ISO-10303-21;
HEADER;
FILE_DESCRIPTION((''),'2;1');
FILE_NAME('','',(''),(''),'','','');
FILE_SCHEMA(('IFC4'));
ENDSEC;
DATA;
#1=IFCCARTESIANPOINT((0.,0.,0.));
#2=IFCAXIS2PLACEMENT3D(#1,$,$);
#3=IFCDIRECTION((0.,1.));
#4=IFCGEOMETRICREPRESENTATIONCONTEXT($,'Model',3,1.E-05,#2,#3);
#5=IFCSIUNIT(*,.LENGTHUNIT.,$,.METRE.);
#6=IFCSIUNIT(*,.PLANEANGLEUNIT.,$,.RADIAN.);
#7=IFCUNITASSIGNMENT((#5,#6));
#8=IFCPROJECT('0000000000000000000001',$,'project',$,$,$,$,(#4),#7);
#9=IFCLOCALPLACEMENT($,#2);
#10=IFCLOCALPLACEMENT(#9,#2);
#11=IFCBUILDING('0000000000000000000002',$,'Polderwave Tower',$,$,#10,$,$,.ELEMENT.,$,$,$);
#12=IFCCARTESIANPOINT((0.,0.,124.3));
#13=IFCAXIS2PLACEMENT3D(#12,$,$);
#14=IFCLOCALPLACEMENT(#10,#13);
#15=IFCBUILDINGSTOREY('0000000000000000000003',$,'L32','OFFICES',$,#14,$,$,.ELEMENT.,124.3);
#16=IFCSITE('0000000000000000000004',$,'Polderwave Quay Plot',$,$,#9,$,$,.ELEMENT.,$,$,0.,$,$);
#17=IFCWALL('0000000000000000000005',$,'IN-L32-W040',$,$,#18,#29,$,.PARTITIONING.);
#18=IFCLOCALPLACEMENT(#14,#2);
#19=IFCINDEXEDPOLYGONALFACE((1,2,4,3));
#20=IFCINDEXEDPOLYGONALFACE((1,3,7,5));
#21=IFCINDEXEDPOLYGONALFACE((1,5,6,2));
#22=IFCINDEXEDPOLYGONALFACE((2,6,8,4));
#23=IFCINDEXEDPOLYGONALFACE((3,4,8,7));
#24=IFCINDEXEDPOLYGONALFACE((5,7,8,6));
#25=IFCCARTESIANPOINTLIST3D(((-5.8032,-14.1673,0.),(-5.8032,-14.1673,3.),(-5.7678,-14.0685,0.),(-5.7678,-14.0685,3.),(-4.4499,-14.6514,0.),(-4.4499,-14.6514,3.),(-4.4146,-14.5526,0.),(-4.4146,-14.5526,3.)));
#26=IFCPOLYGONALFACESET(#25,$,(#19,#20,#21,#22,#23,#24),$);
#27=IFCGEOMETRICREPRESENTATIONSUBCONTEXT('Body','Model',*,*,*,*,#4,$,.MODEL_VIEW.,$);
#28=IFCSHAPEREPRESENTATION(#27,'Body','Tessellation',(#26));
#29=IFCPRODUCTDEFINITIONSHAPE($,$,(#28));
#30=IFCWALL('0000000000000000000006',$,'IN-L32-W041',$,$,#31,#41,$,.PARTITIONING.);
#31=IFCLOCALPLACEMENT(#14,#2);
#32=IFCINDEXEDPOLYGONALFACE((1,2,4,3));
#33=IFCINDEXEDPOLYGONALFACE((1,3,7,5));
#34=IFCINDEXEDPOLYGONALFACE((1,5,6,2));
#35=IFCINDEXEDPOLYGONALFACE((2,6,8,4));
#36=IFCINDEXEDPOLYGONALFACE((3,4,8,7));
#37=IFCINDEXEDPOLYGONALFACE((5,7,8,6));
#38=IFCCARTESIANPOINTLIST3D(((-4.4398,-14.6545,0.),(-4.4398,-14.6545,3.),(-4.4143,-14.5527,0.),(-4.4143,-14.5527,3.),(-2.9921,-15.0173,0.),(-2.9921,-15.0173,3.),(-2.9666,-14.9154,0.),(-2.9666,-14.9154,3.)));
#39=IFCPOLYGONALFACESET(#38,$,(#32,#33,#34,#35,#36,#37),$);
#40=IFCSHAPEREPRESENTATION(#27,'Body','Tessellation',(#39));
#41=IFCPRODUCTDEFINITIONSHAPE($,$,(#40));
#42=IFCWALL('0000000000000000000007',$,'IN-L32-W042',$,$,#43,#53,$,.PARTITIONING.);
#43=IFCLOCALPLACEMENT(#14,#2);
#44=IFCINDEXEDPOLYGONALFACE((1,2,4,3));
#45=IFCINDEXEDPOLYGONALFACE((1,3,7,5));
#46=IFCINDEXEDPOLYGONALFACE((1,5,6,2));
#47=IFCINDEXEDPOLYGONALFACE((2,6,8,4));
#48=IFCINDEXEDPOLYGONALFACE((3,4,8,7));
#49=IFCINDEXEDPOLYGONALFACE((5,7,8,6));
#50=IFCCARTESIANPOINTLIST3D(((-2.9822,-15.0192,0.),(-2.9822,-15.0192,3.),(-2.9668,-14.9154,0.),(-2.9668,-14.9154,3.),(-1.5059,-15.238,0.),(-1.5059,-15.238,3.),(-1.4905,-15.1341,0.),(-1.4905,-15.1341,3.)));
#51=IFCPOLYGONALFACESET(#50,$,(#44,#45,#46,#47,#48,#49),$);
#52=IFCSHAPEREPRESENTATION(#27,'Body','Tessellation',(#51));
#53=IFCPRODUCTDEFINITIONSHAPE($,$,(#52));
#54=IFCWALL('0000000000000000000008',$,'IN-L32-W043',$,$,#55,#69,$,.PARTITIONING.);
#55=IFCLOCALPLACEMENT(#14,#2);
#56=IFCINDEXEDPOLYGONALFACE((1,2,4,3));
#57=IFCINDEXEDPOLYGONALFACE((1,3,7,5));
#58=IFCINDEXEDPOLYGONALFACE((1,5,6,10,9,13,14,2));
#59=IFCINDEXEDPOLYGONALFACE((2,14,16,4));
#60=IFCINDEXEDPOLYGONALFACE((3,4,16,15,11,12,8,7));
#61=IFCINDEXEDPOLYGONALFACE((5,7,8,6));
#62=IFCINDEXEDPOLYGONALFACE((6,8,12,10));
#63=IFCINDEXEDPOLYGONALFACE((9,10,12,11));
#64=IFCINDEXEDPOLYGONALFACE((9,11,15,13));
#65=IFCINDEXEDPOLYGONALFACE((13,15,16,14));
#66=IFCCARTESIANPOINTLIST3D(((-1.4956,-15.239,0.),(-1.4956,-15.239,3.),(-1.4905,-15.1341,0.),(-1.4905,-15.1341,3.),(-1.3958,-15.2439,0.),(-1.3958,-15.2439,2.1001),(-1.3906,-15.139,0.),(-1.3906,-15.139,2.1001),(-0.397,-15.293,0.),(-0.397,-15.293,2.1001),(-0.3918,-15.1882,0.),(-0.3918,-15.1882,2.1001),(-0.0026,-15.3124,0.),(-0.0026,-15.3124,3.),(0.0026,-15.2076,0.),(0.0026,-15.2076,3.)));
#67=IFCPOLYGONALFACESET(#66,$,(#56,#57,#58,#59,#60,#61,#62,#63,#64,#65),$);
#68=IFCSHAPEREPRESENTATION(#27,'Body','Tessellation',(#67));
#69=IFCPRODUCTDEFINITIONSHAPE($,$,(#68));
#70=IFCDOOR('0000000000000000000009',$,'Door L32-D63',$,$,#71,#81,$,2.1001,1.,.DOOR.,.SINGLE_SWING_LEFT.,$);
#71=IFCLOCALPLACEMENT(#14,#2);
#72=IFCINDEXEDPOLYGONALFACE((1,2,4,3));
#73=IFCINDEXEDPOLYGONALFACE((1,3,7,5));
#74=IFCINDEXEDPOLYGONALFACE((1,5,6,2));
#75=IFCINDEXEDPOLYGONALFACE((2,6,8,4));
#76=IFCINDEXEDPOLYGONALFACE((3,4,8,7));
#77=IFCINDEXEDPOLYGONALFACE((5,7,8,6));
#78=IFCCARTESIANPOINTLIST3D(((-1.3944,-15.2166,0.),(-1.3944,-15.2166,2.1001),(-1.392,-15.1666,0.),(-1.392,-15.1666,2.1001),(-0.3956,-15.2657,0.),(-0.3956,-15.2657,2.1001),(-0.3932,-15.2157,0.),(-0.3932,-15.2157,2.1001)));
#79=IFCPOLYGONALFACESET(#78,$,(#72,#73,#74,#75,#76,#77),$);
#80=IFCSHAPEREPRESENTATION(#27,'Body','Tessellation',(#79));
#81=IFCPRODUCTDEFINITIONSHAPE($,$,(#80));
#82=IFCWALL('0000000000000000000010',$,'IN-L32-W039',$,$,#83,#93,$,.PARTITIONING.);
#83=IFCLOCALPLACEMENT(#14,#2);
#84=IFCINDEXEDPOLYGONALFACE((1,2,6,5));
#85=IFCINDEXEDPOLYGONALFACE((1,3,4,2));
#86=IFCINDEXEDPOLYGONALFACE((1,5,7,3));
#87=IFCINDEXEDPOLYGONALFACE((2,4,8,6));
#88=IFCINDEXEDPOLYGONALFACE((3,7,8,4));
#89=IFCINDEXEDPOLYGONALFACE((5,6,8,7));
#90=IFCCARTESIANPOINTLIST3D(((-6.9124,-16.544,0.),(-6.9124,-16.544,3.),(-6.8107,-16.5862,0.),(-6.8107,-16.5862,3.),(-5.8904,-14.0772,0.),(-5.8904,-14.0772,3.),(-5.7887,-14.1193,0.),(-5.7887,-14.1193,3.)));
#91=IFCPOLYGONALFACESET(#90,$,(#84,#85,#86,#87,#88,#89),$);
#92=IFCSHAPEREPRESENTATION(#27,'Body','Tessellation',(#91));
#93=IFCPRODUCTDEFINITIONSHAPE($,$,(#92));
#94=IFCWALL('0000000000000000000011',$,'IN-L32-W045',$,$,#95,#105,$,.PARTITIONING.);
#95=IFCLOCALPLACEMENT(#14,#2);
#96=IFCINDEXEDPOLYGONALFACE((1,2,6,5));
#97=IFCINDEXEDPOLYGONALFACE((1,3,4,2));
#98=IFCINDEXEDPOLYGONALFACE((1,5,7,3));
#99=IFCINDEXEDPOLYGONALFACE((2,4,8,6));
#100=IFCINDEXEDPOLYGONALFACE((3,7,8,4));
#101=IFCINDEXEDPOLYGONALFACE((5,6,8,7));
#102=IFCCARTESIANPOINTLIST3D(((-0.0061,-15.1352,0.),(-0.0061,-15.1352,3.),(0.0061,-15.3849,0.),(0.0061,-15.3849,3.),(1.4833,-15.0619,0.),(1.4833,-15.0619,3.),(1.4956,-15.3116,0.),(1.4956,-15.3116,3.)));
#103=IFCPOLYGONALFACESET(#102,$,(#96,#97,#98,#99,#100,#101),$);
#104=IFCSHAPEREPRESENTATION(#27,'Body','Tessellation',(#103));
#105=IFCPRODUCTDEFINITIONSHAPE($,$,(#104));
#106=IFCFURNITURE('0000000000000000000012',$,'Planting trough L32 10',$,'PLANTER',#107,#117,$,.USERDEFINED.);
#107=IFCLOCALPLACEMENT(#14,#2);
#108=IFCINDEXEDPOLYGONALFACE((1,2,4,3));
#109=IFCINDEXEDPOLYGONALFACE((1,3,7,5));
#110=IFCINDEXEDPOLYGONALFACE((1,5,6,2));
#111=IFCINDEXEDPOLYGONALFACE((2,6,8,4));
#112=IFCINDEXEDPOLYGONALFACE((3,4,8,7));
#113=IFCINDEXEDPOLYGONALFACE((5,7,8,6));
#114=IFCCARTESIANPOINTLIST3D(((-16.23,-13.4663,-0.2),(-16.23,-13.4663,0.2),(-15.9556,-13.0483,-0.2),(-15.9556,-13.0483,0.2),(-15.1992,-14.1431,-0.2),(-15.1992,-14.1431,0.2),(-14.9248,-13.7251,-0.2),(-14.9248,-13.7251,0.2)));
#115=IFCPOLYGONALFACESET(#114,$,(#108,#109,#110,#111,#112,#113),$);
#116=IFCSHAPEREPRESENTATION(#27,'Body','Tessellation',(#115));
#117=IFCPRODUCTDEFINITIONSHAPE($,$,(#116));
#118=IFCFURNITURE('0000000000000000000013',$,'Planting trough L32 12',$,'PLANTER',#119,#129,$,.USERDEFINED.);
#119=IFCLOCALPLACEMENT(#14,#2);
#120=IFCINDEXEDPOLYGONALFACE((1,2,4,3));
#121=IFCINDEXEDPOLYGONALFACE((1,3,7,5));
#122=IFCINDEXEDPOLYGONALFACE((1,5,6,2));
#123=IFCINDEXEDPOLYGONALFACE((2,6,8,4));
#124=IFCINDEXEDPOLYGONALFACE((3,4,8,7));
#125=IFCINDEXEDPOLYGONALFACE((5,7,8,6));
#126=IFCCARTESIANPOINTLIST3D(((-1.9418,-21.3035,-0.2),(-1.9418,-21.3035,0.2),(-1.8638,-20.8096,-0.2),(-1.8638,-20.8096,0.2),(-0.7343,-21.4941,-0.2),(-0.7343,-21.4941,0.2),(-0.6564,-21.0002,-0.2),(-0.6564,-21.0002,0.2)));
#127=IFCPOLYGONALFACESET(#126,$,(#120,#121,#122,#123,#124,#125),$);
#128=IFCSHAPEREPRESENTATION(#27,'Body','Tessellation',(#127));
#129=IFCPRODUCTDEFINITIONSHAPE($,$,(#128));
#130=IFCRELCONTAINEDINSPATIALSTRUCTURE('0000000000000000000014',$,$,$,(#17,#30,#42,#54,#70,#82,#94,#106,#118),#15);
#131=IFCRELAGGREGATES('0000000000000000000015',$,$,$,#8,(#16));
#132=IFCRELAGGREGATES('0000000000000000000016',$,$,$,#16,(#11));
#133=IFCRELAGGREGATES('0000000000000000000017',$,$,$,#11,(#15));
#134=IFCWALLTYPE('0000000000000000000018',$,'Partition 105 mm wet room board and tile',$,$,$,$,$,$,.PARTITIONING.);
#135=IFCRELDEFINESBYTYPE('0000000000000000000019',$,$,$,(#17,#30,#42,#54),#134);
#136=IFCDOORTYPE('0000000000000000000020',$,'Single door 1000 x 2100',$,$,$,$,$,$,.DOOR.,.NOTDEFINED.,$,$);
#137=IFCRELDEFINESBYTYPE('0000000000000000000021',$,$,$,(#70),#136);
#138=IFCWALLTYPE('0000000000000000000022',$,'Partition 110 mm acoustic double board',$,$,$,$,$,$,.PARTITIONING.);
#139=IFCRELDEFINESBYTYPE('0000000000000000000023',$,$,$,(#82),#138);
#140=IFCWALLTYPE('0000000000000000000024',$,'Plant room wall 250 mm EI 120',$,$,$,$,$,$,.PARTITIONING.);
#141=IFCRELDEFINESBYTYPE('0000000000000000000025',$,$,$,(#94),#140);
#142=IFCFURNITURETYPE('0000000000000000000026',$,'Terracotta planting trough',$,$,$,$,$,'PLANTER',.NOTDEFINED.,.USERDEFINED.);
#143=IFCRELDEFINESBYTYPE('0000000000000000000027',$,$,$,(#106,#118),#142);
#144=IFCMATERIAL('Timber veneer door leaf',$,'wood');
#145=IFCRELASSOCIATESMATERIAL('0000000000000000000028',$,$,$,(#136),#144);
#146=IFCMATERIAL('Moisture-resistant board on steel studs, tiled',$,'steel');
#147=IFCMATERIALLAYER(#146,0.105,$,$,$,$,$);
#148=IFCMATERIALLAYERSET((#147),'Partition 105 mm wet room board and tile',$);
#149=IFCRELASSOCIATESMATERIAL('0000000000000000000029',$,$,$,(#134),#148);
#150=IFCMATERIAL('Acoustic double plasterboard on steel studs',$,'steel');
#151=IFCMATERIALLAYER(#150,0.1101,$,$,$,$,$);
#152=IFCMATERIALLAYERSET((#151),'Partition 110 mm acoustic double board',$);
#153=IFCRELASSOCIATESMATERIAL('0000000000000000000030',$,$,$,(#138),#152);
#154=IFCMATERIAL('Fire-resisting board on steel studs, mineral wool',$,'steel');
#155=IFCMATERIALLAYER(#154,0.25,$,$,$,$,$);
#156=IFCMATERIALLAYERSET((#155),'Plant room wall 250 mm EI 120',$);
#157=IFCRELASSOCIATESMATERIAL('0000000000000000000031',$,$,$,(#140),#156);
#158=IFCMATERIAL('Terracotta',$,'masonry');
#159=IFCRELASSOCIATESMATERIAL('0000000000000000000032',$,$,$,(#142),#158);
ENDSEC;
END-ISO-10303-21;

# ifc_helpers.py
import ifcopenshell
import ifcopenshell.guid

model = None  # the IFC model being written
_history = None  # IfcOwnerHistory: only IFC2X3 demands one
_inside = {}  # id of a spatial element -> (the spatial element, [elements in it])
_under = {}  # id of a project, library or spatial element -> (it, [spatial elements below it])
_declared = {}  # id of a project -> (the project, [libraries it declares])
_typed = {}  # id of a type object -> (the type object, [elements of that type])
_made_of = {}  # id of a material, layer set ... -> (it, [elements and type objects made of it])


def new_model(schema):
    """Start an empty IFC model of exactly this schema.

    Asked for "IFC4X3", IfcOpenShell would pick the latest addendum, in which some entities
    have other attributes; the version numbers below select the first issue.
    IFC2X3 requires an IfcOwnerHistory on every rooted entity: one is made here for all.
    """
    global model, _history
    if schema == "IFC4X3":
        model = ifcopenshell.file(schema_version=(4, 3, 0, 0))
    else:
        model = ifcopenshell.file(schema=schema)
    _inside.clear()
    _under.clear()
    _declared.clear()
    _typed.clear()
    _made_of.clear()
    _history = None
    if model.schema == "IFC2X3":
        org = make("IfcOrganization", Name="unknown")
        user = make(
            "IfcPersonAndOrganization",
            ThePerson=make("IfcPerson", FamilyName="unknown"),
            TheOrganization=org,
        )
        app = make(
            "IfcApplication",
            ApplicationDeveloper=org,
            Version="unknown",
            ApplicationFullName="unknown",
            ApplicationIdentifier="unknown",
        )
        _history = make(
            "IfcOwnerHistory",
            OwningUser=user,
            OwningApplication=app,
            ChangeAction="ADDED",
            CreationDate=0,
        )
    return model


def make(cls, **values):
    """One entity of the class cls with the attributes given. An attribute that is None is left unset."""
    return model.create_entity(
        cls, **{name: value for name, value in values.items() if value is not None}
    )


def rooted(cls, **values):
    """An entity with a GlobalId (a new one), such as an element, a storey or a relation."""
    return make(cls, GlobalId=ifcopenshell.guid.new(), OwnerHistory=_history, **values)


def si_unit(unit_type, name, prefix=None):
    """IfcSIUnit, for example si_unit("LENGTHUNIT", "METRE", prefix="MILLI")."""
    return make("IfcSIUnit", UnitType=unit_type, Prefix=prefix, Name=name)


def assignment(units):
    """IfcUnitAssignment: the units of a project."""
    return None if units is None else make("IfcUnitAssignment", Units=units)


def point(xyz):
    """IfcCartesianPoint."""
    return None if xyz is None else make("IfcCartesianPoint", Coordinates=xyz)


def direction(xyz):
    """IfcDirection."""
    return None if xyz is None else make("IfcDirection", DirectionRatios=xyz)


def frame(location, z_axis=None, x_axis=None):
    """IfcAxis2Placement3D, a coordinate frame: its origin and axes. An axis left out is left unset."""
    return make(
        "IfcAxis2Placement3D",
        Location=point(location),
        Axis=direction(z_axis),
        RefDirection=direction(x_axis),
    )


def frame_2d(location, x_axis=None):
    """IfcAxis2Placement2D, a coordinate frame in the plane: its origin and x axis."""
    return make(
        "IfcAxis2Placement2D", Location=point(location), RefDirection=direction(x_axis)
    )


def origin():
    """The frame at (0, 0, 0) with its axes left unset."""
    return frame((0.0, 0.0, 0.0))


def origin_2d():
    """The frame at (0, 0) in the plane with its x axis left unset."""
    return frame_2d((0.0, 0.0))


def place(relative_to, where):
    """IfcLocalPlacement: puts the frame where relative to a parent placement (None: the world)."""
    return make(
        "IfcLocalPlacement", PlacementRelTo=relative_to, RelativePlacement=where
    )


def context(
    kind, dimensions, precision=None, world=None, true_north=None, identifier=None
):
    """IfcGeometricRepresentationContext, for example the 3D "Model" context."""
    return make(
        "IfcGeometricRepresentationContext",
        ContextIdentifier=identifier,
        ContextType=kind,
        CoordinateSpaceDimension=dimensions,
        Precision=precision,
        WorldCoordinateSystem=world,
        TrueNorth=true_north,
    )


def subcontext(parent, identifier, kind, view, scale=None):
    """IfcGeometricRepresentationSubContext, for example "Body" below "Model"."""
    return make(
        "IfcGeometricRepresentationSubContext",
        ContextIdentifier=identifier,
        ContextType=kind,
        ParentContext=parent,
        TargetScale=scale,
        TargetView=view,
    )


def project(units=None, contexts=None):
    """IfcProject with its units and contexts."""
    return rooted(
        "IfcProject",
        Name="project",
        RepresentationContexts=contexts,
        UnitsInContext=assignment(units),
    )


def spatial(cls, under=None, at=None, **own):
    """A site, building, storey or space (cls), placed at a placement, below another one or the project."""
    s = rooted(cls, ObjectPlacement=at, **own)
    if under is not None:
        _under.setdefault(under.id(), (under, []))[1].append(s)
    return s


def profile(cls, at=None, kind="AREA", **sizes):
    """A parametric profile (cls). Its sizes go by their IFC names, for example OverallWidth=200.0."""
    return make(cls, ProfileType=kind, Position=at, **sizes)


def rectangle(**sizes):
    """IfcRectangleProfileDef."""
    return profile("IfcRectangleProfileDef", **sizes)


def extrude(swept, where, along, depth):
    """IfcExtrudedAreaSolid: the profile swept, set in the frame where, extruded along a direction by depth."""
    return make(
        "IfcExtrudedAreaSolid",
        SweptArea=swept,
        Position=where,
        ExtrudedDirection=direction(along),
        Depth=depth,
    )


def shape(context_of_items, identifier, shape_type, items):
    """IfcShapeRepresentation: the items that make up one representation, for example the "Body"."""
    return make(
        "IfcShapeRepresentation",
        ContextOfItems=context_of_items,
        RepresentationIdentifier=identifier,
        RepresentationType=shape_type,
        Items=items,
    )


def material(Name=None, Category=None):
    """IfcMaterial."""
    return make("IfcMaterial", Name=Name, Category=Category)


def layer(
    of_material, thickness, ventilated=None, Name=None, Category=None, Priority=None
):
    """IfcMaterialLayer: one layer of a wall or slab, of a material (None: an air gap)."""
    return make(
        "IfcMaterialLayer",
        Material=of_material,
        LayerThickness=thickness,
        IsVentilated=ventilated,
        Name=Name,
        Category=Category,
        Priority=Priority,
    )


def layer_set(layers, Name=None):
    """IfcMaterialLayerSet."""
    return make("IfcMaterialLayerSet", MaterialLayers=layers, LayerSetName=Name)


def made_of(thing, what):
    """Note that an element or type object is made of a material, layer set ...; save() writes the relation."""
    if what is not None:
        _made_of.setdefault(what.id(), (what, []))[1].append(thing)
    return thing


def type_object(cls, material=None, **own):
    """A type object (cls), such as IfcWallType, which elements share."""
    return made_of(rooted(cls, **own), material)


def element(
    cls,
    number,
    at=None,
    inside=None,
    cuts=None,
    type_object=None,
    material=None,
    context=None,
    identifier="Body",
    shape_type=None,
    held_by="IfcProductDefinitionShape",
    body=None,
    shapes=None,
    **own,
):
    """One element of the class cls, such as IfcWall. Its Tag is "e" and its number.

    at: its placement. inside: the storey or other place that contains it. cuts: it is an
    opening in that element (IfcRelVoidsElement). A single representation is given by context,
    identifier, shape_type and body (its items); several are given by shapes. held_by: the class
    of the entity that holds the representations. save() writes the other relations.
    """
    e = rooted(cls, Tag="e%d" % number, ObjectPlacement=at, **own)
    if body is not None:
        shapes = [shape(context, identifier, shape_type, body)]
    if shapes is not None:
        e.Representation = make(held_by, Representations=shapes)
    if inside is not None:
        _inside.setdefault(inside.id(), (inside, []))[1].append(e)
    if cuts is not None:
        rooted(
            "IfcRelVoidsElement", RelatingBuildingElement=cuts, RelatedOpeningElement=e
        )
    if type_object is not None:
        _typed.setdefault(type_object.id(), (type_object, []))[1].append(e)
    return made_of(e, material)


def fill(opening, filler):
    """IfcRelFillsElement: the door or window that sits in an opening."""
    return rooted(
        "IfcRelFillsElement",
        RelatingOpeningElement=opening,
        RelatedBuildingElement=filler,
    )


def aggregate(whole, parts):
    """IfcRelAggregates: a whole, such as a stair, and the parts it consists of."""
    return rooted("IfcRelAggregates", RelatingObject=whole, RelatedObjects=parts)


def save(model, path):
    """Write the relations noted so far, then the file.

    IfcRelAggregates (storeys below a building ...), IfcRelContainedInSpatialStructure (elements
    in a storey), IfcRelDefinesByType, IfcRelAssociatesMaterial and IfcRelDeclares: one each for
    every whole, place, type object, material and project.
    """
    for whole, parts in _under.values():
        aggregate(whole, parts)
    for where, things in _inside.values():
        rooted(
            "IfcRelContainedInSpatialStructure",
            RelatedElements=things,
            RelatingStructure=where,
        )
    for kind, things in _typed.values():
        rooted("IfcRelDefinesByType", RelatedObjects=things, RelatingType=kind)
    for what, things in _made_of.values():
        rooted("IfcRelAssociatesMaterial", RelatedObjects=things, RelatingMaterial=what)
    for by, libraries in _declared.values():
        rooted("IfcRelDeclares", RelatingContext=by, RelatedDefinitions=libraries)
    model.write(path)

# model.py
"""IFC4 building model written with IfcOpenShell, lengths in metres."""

from ifc_helpers import new_model, si_unit, direction, frame, frame_2d, origin, origin_2d, place, context, subcontext, project, spatial, rectangle, extrude, material, layer, layer_set, type_object, element, fill, save


model = new_model("IFC4")

# Units and contexts
model_context = context("Model", 3, precision=1e-05, world=origin(), true_north=direction((0.0, 1.0)))
body_context = subcontext(model_context, "Body", "Model", "MODEL_VIEW")
ifc_project = project(units=[si_unit("LENGTHUNIT", "METRE"), si_unit("PLANEANGLEUNIT", "RADIAN")], contexts=[model_context])

# Site, building, storey
site_placement = place(None, origin())
site = spatial("IfcSite", under=ifc_project, at=site_placement, Name="Polderwave Quay Plot", CompositionType="ELEMENT", RefElevation=0.0)
building_placement = place(site_placement, origin())
building = spatial("IfcBuilding", under=site, at=building_placement, Name="Polderwave Tower", CompositionType="ELEMENT")
storey_placement = place(building_placement, frame((0.0, 0.0, 124.3)))
storey = spatial("IfcBuildingStorey", under=building, at=storey_placement, Name="L32", Description="OFFICES", CompositionType="ELEMENT", Elevation=124.3)

# Shared definitions
ifc_material_1 = material(Name="Timber veneer door leaf", Category="wood")
door_type = type_object("IfcDoorType", Name="Single door 1000 x 2100", OperationType="NOTDEFINED", PredefinedType="DOOR", material=ifc_material_1)

# Walls
ifc_material_2 = material(Name="Moisture-resistant board on steel studs, tiled", Category="steel")
ifc_layer_1 = layer(ifc_material_2, 0.105)
ifc_layer_set_1 = layer_set([ifc_layer_1], Name="Partition 105 mm wet room board and tile")
wall_type_1 = type_object("IfcWallType", Name="Partition 105 mm wet room board and tile", PredefinedType="PARTITIONING", material=ifc_layer_set_1)
wall_1_placement = place(storey_placement, frame((-4.4321, -14.6021, 0.0), z_axis=(0.0, 0.0, 1.0), x_axis=(-0.941561, 0.336842, 0.0)))
element("IfcWall", 1, at=wall_1_placement, inside=storey, type_object=wall_type_1, Name="IN-L32-W040", PredefinedType="PARTITIONING", context=body_context, shape_type="SweptSolid", body=[
    extrude(rectangle(XDim=1.4373, YDim=0.105, at=frame_2d((0.7188, 0.0))), origin(), (0.0, 0.0, 1.0), 3.0),
])
for number, where, z_axis, x_axis, name in (
    (2, (-2.9795, -14.9663, 0.0), (0.0, 0.0, 1.0), (-0.970008, 0.243074, 0.0), "IN-L32-W041"),
    (3, (-1.4983, -15.186, 0.0), (0.0, 0.0, 1.0), (-0.9892, 0.146572, 0.0), "IN-L32-W042"),
):
    element("IfcWall", number, at=place(storey_placement, frame(where, z_axis=z_axis, x_axis=x_axis)), inside=storey, type_object=wall_type_1, Name=name, PredefinedType="PARTITIONING", context=body_context, shape_type="SweptSolid", body=[
        extrude(rectangle(XDim=1.4924, YDim=0.105, at=frame_2d((0.7461, 0.0))), origin(), (0.0, 0.0, 1.0), 3.0),
    ])

# Wall, opening, door
wall_2_placement = place(storey_placement, frame((-1.4932, -15.1865, 0.0), z_axis=(0.0, 0.0, 1.0), x_axis=(0.998791, -0.049156, 0.0)))
wall_2 = element("IfcWall", 4, at=wall_2_placement, inside=storey, type_object=wall_type_1, Name="IN-L32-W043", PredefinedType="PARTITIONING", context=body_context, shape_type="SweptSolid", body=[
    extrude(rectangle(XDim=1.4949, YDim=0.105, at=frame_2d((0.7476, 0.0))), origin(), (0.0, 0.0, 1.0), 3.0),
])
opening_1_placement = place(wall_2_placement, frame((0.1001, 0.0, 0.0)))
opening_1 = element("IfcOpeningElement", 5, at=opening_1_placement, cuts=wall_2, PredefinedType="OPENING", context=body_context, shape_type="SweptSolid", body=[
    extrude(rectangle(XDim=1.0, YDim=2.1001, at=frame_2d((0.5, 1.05))), frame((0.0, 0.0625, 0.0), z_axis=(0.0, -1.0, 0.0), x_axis=(1.0, 0.0, 0.0)), (0.0, 0.0, 1.0), 0.125),
])
door_1_placement = place(opening_1_placement, origin())
door_1 = element("IfcDoor", 6, at=door_1_placement, inside=storey, type_object=door_type, Name="Door L32-D63", OperationType="SINGLE_SWING_LEFT", OverallHeight=2.1001, OverallWidth=1.0, PredefinedType="DOOR", context=body_context, shape_type="SweptSolid", body=[
    extrude(rectangle(XDim=1.0, YDim=2.1001, at=frame_2d((0.5, 1.05))), frame((0.0, 0.0249, 0.0), z_axis=(0.0, -1.0, 0.0), x_axis=(1.0, 0.0, 0.0)), (0.0, 0.0, 1.0), 0.05),
])
fill(opening_1, door_1)

# Walls
ifc_material_3 = material(Name="Acoustic double plasterboard on steel studs", Category="steel")
ifc_layer_2 = layer(ifc_material_3, 0.1101)
ifc_layer_set_2 = layer_set([ifc_layer_2], Name="Partition 110 mm acoustic double board")
wall_type_2 = type_object("IfcWallType", Name="Partition 110 mm acoustic double board", PredefinedType="PARTITIONING", material=ifc_layer_set_2)
wall_3_placement = place(storey_placement, frame((-5.8396, -14.0984, 0.0), z_axis=(0.0, 0.0, 1.0), x_axis=(-0.382745, -0.923854, 0.0)))
element("IfcWall", 7, at=wall_3_placement, inside=storey, type_object=wall_type_2, Name="IN-L32-W039", PredefinedType="PARTITIONING", context=body_context, shape_type="SweptSolid", body=[
    extrude(rectangle(XDim=2.6702, YDim=0.1101, at=frame_2d((1.335, 0.0))), origin(), (0.0, 0.0, 1.0), 3.0),
])
ifc_material_4 = material(Name="Fire-resisting board on steel studs, mineral wool", Category="steel")
ifc_layer_3 = layer(ifc_material_4, 0.25)
ifc_layer_set_3 = layer_set([ifc_layer_3], Name="Plant room wall 250 mm EI 120")
wall_type_3 = type_object("IfcWallType", Name="Plant room wall 250 mm EI 120", PredefinedType="PARTITIONING", material=ifc_layer_set_3)
wall_4_placement = place(storey_placement, frame((0.0, -15.26, 0.0), z_axis=(0.0, 0.0, 1.0), x_axis=(0.998793, 0.049113, 0.0)))
element("IfcWall", 8, at=wall_4_placement, inside=storey, type_object=wall_type_3, Name="IN-L32-W045", PredefinedType="PARTITIONING", context=body_context, shape_type="SweptSolid", body=[
    extrude(rectangle(XDim=1.4912, YDim=0.25, at=frame_2d((0.7456, 0.0))), origin(), (0.0, 0.0, 1.0), 3.0),
])

# Furniture
ifc_material_5 = material(Name="Terracotta", Category="masonry")
furniture_type = type_object("IfcFurnitureType", Name="Terracotta planting trough", ElementType="PLANTER", AssemblyPlace="NOTDEFINED", PredefinedType="USERDEFINED", material=ifc_material_5)
furniture_1_placement = place(storey_placement, frame((-15.5774, -13.5957, -0.2), z_axis=(0.0, 0.0, 1.0), x_axis=(0.83594, -0.548821, 0.0)))
element("IfcFurniture", 9, at=furniture_1_placement, inside=storey, type_object=furniture_type, Name="Planting trough L32 10", ObjectType="PLANTER", PredefinedType="USERDEFINED", context=body_context, shape_type="SweptSolid", body=[
    extrude(rectangle(XDim=1.2332, YDim=0.5, at=origin_2d()), origin(), (0.0, 0.0, 1.0), 0.3999),
])
furniture_2_placement = place(storey_placement, frame((-1.2991, -21.1519, -0.2), z_axis=(0.0, 0.0, 1.0), x_axis=(0.987774, -0.155893, 0.0)))
element("IfcFurniture", 10, at=furniture_2_placement, inside=storey, type_object=furniture_type, Name="Planting trough L32 12", ObjectType="PLANTER", PredefinedType="USERDEFINED", context=body_context, shape_type="SweptSolid", body=[
    extrude(rectangle(XDim=1.2224, YDim=0.5, at=origin_2d()), origin(), (0.0, 0.0, 1.0), 0.3999),
])

save(model, "model.ifc")
